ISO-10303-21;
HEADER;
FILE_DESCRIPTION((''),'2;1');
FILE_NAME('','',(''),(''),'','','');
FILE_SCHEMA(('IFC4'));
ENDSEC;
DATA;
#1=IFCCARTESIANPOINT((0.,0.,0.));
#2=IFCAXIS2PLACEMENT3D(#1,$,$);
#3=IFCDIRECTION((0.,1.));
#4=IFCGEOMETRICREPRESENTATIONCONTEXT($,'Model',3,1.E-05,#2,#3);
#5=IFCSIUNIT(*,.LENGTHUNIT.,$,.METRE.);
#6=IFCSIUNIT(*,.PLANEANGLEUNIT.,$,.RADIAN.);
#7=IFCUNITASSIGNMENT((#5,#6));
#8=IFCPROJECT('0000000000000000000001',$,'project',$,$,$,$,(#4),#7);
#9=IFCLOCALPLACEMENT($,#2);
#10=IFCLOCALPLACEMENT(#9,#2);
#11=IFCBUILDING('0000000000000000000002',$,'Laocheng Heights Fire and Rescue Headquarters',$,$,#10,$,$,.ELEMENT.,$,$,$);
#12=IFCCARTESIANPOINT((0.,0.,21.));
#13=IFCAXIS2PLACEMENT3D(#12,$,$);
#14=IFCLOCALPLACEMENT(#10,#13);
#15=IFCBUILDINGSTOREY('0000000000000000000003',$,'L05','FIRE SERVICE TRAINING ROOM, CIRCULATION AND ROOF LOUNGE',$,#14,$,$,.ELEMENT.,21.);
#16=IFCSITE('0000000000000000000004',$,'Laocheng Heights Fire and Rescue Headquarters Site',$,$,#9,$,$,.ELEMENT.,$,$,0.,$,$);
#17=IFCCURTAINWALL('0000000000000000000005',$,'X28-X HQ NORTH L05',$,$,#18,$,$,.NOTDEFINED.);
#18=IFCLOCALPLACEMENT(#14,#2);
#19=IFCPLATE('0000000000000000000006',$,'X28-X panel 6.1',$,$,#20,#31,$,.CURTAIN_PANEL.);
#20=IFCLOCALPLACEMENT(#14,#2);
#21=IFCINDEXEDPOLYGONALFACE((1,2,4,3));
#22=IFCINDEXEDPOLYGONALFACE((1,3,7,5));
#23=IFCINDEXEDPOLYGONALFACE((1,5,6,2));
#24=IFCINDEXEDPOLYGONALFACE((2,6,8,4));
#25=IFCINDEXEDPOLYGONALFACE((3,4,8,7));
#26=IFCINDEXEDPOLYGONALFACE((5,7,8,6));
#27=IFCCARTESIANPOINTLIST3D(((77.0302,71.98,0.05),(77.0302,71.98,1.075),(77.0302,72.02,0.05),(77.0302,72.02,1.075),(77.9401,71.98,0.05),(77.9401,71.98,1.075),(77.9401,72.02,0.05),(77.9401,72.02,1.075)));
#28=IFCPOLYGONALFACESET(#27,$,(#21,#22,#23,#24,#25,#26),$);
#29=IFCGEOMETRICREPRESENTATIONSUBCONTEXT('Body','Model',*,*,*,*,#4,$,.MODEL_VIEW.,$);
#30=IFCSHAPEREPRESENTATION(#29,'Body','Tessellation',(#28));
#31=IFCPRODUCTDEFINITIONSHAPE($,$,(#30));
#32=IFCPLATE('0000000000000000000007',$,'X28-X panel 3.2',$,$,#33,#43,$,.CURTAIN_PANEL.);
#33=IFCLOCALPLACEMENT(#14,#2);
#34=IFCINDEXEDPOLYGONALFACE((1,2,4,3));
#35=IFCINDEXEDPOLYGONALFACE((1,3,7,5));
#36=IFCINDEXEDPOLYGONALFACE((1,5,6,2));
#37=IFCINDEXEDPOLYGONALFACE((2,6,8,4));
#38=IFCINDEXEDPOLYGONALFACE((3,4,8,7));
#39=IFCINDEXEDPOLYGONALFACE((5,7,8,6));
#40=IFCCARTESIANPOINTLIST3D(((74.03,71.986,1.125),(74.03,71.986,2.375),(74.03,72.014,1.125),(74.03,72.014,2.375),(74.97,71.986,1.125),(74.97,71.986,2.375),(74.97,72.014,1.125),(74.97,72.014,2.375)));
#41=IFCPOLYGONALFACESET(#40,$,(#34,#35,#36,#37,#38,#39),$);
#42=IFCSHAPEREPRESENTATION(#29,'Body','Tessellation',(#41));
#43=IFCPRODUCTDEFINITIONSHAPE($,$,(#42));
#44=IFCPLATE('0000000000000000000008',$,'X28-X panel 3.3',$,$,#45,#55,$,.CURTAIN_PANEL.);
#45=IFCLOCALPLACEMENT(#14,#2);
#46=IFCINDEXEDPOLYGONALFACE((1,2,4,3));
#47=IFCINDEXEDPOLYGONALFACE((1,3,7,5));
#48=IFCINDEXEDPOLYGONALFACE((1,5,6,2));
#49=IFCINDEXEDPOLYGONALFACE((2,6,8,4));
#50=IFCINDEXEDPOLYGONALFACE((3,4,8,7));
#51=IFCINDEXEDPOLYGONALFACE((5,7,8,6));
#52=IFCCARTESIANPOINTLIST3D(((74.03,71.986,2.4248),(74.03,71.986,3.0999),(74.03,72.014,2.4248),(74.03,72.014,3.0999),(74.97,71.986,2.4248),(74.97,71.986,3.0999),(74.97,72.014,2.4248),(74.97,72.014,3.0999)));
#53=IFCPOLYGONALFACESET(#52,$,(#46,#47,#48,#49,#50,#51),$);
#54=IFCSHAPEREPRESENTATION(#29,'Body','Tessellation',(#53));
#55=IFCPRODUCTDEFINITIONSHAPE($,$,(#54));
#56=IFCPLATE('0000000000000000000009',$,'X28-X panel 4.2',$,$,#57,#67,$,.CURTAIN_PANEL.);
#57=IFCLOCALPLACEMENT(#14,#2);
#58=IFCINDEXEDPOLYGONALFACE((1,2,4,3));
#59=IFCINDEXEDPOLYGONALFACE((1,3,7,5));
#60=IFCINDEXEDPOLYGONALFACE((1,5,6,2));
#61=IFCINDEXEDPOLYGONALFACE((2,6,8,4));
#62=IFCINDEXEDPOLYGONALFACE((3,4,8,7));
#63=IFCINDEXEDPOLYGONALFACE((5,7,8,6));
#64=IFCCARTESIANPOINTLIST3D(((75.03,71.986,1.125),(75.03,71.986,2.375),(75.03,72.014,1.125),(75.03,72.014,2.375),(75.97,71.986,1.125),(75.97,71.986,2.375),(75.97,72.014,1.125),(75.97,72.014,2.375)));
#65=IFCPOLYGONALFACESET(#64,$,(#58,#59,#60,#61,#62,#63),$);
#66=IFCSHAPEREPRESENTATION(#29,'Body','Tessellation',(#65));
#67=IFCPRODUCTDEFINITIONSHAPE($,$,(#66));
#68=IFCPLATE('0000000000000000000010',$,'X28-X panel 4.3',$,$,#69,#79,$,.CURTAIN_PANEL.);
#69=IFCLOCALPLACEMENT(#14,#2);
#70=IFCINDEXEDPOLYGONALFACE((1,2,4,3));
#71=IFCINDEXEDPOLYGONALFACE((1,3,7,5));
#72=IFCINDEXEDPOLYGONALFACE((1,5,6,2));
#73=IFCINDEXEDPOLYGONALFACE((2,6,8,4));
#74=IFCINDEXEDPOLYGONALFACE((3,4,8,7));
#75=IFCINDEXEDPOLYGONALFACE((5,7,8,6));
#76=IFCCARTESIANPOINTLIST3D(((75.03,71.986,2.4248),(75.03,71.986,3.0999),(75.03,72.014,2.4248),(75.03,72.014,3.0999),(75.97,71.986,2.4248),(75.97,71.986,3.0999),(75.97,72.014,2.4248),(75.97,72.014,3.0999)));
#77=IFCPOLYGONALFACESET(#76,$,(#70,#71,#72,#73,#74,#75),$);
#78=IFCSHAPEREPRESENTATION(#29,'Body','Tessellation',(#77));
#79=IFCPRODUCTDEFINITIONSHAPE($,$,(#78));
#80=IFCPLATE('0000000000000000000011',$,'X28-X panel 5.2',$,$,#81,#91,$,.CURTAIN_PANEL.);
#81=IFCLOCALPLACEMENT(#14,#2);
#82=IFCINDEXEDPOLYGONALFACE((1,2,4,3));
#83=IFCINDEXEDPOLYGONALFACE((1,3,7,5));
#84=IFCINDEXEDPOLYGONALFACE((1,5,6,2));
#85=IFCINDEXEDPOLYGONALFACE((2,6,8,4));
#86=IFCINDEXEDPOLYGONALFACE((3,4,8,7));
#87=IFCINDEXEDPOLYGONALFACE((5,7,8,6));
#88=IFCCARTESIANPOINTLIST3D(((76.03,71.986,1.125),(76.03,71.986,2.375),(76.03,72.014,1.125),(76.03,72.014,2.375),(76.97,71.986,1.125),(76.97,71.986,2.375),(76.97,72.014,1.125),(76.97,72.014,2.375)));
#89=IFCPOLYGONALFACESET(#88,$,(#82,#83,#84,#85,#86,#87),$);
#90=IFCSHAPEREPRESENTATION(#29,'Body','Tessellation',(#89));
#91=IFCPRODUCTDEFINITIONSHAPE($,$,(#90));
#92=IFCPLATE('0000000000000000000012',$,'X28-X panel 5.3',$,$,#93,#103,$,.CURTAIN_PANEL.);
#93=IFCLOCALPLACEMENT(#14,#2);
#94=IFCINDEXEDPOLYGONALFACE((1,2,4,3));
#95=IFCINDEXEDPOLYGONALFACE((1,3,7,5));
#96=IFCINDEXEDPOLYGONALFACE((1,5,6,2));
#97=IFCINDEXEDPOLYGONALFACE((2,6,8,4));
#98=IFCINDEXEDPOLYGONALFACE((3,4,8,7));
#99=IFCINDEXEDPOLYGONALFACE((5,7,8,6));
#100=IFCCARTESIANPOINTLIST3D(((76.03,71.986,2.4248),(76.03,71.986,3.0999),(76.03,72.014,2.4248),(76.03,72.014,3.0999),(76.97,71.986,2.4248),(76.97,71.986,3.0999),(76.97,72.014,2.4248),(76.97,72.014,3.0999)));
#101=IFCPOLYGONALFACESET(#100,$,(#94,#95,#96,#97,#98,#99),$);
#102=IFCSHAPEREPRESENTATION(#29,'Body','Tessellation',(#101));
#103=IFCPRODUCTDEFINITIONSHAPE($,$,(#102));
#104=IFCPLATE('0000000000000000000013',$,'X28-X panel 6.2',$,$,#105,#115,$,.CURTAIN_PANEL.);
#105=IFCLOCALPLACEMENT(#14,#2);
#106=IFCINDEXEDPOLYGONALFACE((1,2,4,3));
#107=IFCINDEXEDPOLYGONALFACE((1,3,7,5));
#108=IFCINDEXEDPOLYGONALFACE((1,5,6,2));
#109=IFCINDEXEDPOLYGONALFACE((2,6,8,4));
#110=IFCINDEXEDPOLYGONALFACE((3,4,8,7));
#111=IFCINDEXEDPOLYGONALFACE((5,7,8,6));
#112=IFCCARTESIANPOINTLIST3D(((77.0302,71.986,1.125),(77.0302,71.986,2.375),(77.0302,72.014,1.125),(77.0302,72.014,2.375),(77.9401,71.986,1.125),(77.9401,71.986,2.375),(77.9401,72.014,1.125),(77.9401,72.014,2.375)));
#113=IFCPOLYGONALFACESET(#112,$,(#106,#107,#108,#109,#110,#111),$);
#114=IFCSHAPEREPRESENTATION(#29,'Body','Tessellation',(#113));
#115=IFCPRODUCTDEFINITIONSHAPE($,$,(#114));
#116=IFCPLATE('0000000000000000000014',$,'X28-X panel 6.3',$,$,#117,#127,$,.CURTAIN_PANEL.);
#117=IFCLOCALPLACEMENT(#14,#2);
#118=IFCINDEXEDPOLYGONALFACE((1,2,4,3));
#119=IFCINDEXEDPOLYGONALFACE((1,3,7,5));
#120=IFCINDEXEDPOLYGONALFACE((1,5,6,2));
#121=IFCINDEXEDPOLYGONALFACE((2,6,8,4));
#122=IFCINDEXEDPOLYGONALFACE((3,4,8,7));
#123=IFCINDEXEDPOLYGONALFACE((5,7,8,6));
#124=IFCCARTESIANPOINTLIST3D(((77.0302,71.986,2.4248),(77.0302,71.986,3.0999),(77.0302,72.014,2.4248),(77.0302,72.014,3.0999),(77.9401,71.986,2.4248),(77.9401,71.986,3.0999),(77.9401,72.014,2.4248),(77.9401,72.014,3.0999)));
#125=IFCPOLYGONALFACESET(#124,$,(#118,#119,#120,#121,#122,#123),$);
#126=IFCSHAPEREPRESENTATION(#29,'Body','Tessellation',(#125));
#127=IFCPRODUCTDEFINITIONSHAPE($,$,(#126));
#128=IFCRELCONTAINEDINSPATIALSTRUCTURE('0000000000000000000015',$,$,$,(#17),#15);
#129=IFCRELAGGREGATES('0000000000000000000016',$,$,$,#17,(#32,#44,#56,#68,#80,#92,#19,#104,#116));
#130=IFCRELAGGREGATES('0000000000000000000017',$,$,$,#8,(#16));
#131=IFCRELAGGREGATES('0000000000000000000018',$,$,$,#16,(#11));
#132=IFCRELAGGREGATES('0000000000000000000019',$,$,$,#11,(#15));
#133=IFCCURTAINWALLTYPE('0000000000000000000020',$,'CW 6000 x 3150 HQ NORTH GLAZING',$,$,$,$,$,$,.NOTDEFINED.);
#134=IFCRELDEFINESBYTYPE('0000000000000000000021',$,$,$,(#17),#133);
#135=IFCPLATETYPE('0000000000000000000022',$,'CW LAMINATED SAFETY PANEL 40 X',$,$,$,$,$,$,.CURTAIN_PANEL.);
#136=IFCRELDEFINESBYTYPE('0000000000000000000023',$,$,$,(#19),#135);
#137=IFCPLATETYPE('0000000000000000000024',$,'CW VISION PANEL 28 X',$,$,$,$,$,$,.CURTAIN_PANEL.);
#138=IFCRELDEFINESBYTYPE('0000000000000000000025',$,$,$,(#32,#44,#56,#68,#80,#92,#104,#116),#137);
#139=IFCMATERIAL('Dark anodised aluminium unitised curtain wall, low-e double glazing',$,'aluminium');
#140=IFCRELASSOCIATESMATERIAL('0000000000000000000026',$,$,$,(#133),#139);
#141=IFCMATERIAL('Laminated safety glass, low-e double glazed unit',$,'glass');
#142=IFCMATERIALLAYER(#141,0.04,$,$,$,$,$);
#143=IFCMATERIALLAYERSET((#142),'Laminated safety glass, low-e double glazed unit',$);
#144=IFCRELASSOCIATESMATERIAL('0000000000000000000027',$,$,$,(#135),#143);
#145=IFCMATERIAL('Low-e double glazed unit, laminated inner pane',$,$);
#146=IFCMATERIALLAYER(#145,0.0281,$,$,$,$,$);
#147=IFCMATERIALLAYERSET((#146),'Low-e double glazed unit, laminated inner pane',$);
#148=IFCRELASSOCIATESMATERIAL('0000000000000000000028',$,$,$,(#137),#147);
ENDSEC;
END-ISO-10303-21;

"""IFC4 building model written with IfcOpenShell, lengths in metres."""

from ifc_helpers import new_model, si_unit, direction, frame, origin, origin_2d, place, context, subcontext, project, spatial, rectangle, extrude, material, layer, layer_set, type_object, element, aggregate, save


model = new_model("IFC4")

# Units and contexts
model_context = context("Model", 3, precision=1e-05, world=origin(), true_north=direction((0.0, 1.0)))
body_context = subcontext(model_context, "Body", "Model", "MODEL_VIEW")
ifc_project = project(units=[si_unit("LENGTHUNIT", "METRE"), si_unit("PLANEANGLEUNIT", "RADIAN")], contexts=[model_context])

# Site, building, storey
site_placement = place(None, origin())
site = spatial("IfcSite", under=ifc_project, at=site_placement, Name="Laocheng Heights Fire and Rescue Headquarters Site", CompositionType="ELEMENT", RefElevation=0.0)
building_placement = place(site_placement, origin())
building = spatial("IfcBuilding", under=site, at=building_placement, Name="Laocheng Heights Fire and Rescue Headquarters", CompositionType="ELEMENT")
storey_placement = place(building_placement, frame((0.0, 0.0, 21.0)))
storey = spatial("IfcBuildingStorey", under=building, at=storey_placement, Name="L05", Description="FIRE SERVICE TRAINING ROOM, CIRCULATION AND ROOF LOUNGE", CompositionType="ELEMENT", Elevation=21.0)

# Curtain wall, plates
ifc_material_1 = material(Name="Dark anodised aluminium unitised curtain wall, low-e double glazing", Category="aluminium")
curtain_wall_type = type_object("IfcCurtainWallType", Name="CW 6000 x 3150 HQ NORTH GLAZING", PredefinedType="NOTDEFINED", material=ifc_material_1)
curtain_wall_placement = place(storey_placement, origin())
curtain_wall = element("IfcCurtainWall", 1, at=curtain_wall_placement, inside=storey, type_object=curtain_wall_type, Name="X28-X HQ NORTH L05", PredefinedType="NOTDEFINED")
ifc_material_2 = material(Name="Laminated safety glass, low-e double glazed unit", Category="glass")
ifc_layer_1 = layer(ifc_material_2, 0.04)
ifc_layer_set_1 = layer_set([ifc_layer_1], Name="Laminated safety glass, low-e double glazed unit")
plate_type_1 = type_object("IfcPlateType", Name="CW LAMINATED SAFETY PANEL 40 X", PredefinedType="CURTAIN_PANEL", material=ifc_layer_set_1)
plate_1_placement = place(storey_placement, frame((77.4851, 72.0, 0.05), z_axis=(0.0, 0.0, 1.0), x_axis=(1.0, 0.0, 0.0)))
plate_1 = element("IfcPlate", 2, at=plate_1_placement, type_object=plate_type_1, Name="X28-X panel 6.1", PredefinedType="CURTAIN_PANEL", context=body_context, shape_type="SweptSolid", body=[
    extrude(rectangle(XDim=0.9099, YDim=0.04, at=origin_2d()), origin(), (0.0, 0.0, 1.0), 1.0249),
])
ifc_material_3 = material(Name="Low-e double glazed unit, laminated inner pane")
ifc_layer_2 = layer(ifc_material_3, 0.0281)
ifc_layer_set_2 = layer_set([ifc_layer_2], Name="Low-e double glazed unit, laminated inner pane")
plate_type_2 = type_object("IfcPlateType", Name="CW VISION PANEL 28 X", PredefinedType="CURTAIN_PANEL", material=ifc_layer_set_2)
plate_2_placement = place(storey_placement, frame((74.5, 72.0, 1.125), z_axis=(0.0, 0.0, 1.0), x_axis=(1.0, 0.0, 0.0)))
plate_2 = element("IfcPlate", 3, at=plate_2_placement, type_object=plate_type_2, Name="X28-X panel 3.2", PredefinedType="CURTAIN_PANEL", context=body_context, shape_type="SweptSolid", body=[
    extrude(rectangle(XDim=0.9399, YDim=0.0281, at=origin_2d()), origin(), (0.0, 0.0, 1.0), 1.25),
])
plate_3_placement = place(storey_placement, frame((74.5, 72.0, 2.4248), z_axis=(0.0, 0.0, 1.0), x_axis=(1.0, 0.0, 0.0)))
plate_3 = element("IfcPlate", 4, at=plate_3_placement, type_object=plate_type_2, Name="X28-X panel 3.3", PredefinedType="CURTAIN_PANEL", context=body_context, shape_type="SweptSolid", body=[
    extrude(rectangle(XDim=0.9399, YDim=0.0281, at=origin_2d()), origin(), (0.0, 0.0, 1.0), 0.675),
])
plate_4_placement = place(storey_placement, frame((75.5, 72.0, 1.125), z_axis=(0.0, 0.0, 1.0), x_axis=(1.0, 0.0, 0.0)))
plate_4 = element("IfcPlate", 5, at=plate_4_placement, type_object=plate_type_2, Name="X28-X panel 4.2", PredefinedType="CURTAIN_PANEL", context=body_context, shape_type="SweptSolid", body=[
    extrude(rectangle(XDim=0.9399, YDim=0.0281, at=origin_2d()), origin(), (0.0, 0.0, 1.0), 1.25),
])
plate_5_placement = place(storey_placement, frame((75.5, 72.0, 2.4248), z_axis=(0.0, 0.0, 1.0), x_axis=(1.0, 0.0, 0.0)))
plate_5 = element("IfcPlate", 6, at=plate_5_placement, type_object=plate_type_2, Name="X28-X panel 4.3", PredefinedType="CURTAIN_PANEL", context=body_context, shape_type="SweptSolid", body=[
    extrude(rectangle(XDim=0.9399, YDim=0.0281, at=origin_2d()), origin(), (0.0, 0.0, 1.0), 0.675),
])
plate_6_placement = place(storey_placement, frame((76.5, 72.0, 1.125), z_axis=(0.0, 0.0, 1.0), x_axis=(1.0, 0.0, 0.0)))
plate_6 = element("IfcPlate", 7, at=plate_6_placement, type_object=plate_type_2, Name="X28-X panel 5.2", PredefinedType="CURTAIN_PANEL", context=body_context, shape_type="SweptSolid", body=[
    extrude(rectangle(XDim=0.9399, YDim=0.0281, at=origin_2d()), origin(), (0.0, 0.0, 1.0), 1.25),
])
plate_7_placement = place(storey_placement, frame((76.5, 72.0, 2.4248), z_axis=(0.0, 0.0, 1.0), x_axis=(1.0, 0.0, 0.0)))
plate_7 = element("IfcPlate", 8, at=plate_7_placement, type_object=plate_type_2, Name="X28-X panel 5.3", PredefinedType="CURTAIN_PANEL", context=body_context, shape_type="SweptSolid", body=[
    extrude(rectangle(XDim=0.9399, YDim=0.0281, at=origin_2d()), origin(), (0.0, 0.0, 1.0), 0.675),
])
plate_8_placement = place(storey_placement, frame((77.4851, 72.0, 1.125), z_axis=(0.0, 0.0, 1.0), x_axis=(1.0, 0.0, 0.0)))
plate_8 = element("IfcPlate", 9, at=plate_8_placement, type_object=plate_type_2, Name="X28-X panel 6.2", PredefinedType="CURTAIN_PANEL", context=body_context, shape_type="SweptSolid", body=[
    extrude(rectangle(XDim=0.9099, YDim=0.0281, at=origin_2d()), origin(), (0.0, 0.0, 1.0), 1.25),
])
plate_9_placement = place(storey_placement, frame((77.4851, 72.0, 2.4248), z_axis=(0.0, 0.0, 1.0), x_axis=(1.0, 0.0, 0.0)))
plate_9 = element("IfcPlate", 10, at=plate_9_placement, type_object=plate_type_2, Name="X28-X panel 6.3", PredefinedType="CURTAIN_PANEL", context=body_context, shape_type="SweptSolid", body=[
    extrude(rectangle(XDim=0.9099, YDim=0.0281, at=origin_2d()), origin(), (0.0, 0.0, 1.0), 0.675),
])
aggregate(curtain_wall, [plate_2, plate_3, plate_4, plate_5, plate_6, plate_7, plate_1, plate_8, plate_9])

save(model, "model.ifc")
